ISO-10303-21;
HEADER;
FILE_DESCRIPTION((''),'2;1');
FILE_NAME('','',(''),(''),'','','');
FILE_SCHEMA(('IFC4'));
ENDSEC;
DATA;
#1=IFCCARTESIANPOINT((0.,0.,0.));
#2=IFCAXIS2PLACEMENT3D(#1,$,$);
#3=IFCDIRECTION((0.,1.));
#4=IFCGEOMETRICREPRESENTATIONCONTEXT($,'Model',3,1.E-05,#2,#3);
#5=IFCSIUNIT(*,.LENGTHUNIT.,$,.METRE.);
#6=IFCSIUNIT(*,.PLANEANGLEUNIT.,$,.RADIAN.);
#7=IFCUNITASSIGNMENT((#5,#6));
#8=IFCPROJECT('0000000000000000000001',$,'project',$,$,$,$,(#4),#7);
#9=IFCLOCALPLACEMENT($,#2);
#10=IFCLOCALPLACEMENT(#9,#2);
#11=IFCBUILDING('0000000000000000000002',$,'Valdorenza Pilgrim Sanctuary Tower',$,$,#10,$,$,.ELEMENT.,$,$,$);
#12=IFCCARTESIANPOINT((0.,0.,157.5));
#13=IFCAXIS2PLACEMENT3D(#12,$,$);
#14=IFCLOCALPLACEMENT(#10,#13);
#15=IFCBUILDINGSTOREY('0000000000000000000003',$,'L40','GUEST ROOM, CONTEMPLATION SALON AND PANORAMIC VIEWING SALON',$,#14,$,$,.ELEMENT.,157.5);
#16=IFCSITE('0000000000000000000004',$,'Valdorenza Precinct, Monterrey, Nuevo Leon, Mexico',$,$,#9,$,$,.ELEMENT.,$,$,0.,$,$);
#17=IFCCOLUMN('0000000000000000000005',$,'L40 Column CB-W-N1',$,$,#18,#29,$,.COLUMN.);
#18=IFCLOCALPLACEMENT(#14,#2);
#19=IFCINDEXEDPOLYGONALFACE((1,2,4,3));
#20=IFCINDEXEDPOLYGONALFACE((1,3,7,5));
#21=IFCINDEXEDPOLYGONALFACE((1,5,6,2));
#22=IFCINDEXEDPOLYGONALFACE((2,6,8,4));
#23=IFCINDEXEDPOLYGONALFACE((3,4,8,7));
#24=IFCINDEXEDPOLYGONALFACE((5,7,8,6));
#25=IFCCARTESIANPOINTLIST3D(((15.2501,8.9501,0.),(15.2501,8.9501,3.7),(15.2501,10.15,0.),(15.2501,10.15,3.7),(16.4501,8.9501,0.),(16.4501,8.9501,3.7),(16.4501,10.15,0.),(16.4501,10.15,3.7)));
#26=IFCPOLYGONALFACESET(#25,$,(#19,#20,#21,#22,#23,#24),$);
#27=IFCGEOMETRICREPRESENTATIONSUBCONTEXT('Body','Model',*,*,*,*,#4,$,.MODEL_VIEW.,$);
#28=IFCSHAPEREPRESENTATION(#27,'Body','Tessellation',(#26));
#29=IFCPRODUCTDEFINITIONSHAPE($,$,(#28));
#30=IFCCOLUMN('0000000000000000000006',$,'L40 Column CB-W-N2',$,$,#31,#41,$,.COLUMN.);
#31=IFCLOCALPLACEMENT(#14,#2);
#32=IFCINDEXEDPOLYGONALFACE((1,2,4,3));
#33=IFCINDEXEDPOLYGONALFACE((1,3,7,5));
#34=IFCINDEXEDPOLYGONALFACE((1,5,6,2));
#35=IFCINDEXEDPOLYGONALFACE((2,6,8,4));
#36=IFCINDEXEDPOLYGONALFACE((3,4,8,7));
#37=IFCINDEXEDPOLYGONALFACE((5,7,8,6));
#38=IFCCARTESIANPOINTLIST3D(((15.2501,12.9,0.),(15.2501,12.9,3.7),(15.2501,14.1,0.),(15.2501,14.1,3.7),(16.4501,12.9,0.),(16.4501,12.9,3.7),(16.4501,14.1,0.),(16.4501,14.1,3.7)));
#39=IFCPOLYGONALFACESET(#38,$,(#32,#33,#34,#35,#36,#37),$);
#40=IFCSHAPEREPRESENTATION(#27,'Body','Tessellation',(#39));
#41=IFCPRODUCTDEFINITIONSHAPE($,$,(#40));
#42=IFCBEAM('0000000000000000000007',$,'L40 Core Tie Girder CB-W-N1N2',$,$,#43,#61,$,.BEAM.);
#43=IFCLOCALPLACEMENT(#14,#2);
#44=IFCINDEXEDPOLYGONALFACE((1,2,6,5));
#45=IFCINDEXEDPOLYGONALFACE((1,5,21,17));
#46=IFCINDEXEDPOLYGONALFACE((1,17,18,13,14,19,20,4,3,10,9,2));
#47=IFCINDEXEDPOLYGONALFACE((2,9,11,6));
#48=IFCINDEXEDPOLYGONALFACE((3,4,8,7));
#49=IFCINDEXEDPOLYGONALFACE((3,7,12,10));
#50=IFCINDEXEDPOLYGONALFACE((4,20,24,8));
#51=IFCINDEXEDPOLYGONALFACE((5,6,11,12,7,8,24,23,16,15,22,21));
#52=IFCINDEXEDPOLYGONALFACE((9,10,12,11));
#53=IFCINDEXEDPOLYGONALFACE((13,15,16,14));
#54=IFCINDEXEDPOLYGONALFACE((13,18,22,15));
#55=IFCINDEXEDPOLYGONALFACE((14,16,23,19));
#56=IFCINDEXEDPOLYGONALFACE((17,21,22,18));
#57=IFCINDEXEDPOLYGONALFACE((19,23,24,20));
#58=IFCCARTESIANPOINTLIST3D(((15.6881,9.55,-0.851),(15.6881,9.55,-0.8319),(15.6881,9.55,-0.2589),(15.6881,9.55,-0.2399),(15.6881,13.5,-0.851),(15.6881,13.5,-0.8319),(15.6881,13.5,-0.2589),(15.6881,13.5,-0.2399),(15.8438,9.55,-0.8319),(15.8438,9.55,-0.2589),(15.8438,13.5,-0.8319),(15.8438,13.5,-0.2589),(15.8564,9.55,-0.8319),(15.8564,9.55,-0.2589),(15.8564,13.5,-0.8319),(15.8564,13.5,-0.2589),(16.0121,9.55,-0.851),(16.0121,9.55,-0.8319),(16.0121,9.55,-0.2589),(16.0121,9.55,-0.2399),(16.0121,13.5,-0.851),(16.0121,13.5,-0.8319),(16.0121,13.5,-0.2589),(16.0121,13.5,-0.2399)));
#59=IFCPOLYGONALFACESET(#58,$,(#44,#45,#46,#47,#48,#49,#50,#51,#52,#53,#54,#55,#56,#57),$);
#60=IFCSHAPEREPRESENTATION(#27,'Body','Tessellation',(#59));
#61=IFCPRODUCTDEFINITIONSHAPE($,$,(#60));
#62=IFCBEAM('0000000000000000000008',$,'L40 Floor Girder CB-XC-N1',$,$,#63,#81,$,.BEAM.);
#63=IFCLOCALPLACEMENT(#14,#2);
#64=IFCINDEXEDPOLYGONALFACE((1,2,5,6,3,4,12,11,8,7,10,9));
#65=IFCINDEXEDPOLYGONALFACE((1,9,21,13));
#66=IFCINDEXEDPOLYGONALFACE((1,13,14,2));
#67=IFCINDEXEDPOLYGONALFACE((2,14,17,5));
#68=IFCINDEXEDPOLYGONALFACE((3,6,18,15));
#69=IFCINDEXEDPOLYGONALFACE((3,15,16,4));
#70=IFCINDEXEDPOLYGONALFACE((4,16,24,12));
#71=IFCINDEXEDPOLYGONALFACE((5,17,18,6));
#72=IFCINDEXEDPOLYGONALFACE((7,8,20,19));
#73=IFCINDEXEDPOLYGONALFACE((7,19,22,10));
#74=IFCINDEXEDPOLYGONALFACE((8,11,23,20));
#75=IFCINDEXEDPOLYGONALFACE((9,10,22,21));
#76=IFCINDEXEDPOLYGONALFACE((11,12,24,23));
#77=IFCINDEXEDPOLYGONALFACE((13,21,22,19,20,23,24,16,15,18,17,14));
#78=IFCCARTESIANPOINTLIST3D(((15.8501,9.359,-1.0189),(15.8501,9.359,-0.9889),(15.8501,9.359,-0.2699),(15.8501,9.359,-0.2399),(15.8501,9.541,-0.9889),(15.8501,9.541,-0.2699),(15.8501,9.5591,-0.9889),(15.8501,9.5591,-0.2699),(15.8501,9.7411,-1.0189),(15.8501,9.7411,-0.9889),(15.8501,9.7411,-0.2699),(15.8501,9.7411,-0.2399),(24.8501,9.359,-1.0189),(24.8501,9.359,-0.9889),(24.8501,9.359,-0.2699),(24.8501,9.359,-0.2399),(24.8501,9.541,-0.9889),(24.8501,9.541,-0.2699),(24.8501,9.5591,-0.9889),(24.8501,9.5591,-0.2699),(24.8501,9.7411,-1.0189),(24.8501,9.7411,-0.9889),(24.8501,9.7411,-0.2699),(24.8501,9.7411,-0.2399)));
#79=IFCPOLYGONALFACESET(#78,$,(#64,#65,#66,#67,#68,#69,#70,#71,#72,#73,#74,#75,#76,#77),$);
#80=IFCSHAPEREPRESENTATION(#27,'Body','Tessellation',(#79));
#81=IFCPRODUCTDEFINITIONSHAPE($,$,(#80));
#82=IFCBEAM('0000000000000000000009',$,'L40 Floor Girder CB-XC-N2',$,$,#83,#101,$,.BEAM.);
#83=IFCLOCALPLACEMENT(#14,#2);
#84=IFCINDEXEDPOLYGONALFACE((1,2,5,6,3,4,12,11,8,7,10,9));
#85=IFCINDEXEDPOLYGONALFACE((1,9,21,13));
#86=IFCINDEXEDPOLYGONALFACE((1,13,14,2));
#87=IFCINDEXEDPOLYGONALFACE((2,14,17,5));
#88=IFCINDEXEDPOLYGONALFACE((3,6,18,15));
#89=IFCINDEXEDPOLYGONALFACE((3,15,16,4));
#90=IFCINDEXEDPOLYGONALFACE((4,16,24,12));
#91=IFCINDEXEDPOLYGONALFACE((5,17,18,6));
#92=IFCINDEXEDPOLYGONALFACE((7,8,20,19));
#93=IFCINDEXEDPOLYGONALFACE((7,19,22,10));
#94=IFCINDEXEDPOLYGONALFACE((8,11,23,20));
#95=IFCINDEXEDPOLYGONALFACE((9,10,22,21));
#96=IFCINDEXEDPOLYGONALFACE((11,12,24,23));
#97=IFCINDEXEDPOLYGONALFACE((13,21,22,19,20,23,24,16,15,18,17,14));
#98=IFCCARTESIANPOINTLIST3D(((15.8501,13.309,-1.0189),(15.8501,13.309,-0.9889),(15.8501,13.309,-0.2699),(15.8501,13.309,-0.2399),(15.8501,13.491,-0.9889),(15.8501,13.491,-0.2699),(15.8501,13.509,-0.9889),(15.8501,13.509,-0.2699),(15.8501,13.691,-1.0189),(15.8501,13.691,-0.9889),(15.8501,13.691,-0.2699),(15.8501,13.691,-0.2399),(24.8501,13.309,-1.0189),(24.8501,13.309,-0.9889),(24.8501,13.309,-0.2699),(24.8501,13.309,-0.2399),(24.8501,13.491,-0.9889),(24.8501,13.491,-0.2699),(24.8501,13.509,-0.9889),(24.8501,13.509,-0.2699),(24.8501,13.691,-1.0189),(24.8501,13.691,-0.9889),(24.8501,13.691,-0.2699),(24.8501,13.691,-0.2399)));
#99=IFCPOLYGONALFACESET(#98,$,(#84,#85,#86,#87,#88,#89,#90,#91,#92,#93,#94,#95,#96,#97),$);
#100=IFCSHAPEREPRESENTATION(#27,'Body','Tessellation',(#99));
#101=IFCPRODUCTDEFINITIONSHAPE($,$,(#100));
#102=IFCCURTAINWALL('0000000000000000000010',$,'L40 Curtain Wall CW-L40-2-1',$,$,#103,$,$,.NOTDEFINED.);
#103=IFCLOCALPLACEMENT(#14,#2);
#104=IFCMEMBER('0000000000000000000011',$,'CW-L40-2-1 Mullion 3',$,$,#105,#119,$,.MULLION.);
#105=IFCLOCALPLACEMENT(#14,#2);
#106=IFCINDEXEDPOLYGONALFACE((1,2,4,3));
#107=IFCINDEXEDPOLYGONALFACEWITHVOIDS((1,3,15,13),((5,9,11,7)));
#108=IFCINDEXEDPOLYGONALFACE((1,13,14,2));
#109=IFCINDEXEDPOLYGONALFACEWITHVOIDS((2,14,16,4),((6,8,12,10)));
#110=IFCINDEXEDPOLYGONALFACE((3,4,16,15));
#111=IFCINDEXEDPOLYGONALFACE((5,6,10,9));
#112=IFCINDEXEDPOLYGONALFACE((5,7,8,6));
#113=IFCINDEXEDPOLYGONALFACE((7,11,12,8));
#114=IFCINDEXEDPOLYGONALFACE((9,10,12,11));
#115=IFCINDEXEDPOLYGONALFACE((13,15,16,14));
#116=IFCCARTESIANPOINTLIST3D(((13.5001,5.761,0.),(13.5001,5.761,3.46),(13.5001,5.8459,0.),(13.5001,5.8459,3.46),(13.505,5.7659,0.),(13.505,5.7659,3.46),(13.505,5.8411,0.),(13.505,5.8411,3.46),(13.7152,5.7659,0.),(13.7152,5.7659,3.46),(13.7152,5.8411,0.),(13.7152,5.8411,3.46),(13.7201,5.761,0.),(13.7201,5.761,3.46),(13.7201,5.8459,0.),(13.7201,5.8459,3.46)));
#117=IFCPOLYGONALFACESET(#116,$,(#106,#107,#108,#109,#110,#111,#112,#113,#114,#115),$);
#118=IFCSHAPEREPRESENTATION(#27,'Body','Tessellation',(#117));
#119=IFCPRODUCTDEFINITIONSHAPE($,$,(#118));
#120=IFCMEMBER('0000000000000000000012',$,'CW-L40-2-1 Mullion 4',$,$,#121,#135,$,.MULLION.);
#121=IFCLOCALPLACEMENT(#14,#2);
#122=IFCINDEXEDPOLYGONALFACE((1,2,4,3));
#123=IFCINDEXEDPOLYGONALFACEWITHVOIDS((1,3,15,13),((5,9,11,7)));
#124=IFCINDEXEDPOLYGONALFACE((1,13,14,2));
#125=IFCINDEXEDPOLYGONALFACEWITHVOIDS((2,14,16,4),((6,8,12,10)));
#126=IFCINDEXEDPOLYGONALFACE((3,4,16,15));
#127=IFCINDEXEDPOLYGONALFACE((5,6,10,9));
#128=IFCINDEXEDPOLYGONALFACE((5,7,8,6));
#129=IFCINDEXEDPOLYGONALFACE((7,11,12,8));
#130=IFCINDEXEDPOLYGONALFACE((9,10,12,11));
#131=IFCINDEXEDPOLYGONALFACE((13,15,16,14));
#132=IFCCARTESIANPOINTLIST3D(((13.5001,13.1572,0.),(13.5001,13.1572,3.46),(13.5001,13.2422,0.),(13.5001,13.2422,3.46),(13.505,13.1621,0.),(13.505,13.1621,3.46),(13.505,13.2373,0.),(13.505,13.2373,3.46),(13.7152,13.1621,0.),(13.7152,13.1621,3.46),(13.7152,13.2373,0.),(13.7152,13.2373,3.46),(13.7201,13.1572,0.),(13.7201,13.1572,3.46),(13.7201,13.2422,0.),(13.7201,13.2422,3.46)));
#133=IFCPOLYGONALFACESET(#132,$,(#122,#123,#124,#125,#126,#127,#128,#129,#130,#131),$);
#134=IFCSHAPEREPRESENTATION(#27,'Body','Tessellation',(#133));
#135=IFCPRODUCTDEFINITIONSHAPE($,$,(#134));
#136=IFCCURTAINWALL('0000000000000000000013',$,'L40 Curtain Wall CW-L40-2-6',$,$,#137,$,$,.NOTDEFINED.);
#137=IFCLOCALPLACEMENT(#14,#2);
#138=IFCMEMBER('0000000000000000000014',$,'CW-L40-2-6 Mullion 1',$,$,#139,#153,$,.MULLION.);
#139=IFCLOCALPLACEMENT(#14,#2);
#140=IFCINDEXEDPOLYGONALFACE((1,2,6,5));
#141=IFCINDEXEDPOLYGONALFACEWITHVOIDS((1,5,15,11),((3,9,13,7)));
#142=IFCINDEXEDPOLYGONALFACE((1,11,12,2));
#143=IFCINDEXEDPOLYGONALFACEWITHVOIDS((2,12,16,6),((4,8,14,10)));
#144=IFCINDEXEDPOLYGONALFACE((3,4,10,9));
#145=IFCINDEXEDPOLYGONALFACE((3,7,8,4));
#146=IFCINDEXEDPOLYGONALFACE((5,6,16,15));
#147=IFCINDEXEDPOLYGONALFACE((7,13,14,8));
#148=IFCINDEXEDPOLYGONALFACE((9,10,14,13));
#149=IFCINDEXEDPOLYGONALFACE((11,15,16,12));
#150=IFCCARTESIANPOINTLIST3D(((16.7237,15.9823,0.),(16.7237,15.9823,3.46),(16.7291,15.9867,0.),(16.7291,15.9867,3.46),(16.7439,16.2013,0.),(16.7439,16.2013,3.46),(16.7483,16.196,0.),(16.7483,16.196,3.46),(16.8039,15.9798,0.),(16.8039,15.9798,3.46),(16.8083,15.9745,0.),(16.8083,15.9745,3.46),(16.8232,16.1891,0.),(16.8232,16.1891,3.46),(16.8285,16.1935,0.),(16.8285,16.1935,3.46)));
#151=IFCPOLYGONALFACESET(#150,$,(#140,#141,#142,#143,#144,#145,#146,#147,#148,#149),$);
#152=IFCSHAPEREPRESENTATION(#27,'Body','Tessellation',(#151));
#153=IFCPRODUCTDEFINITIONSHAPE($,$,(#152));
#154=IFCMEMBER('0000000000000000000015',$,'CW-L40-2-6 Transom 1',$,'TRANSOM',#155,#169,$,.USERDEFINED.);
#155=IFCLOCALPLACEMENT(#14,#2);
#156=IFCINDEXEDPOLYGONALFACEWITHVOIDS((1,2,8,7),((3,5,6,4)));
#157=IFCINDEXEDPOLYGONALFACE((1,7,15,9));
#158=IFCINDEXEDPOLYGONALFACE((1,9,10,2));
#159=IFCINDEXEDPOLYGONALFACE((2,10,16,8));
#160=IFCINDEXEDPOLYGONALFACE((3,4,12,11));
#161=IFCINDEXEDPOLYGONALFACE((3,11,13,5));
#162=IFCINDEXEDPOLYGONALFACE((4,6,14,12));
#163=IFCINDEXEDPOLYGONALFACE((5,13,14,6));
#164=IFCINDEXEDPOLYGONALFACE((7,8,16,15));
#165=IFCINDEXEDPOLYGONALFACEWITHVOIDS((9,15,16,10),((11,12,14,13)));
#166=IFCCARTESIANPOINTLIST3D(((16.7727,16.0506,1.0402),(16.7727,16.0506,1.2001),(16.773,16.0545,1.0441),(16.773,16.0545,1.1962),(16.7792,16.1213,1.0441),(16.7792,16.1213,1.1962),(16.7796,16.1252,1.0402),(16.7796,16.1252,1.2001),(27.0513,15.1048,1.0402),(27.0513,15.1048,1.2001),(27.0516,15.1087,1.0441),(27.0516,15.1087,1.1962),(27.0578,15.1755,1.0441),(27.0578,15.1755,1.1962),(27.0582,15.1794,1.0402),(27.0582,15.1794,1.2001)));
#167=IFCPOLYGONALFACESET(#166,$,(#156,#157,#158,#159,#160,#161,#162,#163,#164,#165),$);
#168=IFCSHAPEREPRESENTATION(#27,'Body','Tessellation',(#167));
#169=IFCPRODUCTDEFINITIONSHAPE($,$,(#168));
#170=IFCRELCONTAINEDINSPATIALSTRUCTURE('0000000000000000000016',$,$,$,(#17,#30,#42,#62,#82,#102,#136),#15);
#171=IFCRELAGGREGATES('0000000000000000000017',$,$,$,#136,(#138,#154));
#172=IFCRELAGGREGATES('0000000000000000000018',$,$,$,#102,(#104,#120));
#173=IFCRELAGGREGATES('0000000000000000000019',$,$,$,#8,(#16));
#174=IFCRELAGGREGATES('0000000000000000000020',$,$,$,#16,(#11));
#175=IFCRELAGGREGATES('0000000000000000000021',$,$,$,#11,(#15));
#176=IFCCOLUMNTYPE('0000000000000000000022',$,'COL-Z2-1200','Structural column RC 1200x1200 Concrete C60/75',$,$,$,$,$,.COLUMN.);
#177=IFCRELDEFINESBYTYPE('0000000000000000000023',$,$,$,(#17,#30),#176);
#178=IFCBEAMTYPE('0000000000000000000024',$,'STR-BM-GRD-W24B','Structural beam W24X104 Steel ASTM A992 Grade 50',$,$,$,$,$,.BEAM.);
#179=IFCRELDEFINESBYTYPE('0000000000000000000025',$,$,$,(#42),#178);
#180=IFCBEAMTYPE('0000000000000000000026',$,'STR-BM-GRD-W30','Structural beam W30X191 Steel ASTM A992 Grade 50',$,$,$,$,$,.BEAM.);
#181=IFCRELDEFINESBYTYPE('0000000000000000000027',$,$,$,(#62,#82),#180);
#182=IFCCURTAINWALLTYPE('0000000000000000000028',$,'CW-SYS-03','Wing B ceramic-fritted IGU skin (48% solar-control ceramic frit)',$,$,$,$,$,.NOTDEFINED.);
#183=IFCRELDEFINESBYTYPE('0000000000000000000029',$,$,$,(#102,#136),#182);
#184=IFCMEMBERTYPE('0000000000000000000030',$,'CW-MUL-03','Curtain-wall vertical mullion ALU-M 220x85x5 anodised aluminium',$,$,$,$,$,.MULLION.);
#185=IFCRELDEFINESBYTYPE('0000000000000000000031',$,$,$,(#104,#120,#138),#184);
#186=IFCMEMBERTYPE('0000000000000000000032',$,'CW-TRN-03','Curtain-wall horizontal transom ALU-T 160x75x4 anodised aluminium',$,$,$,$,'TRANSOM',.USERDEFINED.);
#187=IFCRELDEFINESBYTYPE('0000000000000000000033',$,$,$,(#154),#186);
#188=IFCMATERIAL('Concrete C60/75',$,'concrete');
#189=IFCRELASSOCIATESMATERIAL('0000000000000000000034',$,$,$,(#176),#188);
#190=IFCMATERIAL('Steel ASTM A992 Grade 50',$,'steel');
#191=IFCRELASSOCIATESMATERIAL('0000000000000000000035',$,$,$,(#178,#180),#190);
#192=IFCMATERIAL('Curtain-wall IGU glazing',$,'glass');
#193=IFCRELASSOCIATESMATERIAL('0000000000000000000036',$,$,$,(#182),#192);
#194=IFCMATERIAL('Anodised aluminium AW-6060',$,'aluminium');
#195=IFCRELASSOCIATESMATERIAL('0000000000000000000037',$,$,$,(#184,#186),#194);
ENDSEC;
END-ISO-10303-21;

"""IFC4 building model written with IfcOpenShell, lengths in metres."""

from ifc_helpers import new_model, si_unit, direction, frame, origin, origin_2d, place, context, subcontext, project, spatial, rectangle, hollow_rectangle, i_section, extrude, source, transform, mapped, material, material_profile, profile_set, type_object, element, aggregate, save


model = new_model("IFC4")

# Units and contexts
model_context = context("Model", 3, precision=1e-05, world=origin(), true_north=direction((0.0, 1.0)))
body_context = subcontext(model_context, "Body", "Model", "MODEL_VIEW")
ifc_project = project(units=[si_unit("LENGTHUNIT", "METRE"), si_unit("PLANEANGLEUNIT", "RADIAN")], contexts=[model_context])

# Site, building, storey
site_placement = place(None, origin())
site = spatial("IfcSite", under=ifc_project, at=site_placement, Name="Valdorenza Precinct, Monterrey, Nuevo Leon, Mexico", CompositionType="ELEMENT", RefElevation=0.0)
building_placement = place(site_placement, origin())
building = spatial("IfcBuilding", under=site, at=building_placement, Name="Valdorenza Pilgrim Sanctuary Tower", CompositionType="ELEMENT")
storey_placement = place(building_placement, frame((0.0, 0.0, 157.5)))
storey = spatial("IfcBuildingStorey", under=building, at=storey_placement, Name="L40", Description="GUEST ROOM, CONTEMPLATION SALON AND PANORAMIC VIEWING SALON", CompositionType="ELEMENT", Elevation=157.5)

# Columns
ifc_material_1 = material(Name="Concrete C60/75", Category="concrete")
ifc_material_profile_1 = material_profile(ifc_material_1, rectangle(XDim=1.2, YDim=1.2, at=origin_2d()), Name="RC 1200x1200")
ifc_profile_set_1 = profile_set([ifc_material_profile_1], Name="Concrete C60/75")
column_type = type_object("IfcColumnType", Name="COL-Z2-1200", Description="Structural column RC 1200x1200 Concrete C60/75", PredefinedType="COLUMN", material=ifc_profile_set_1)
shared_shape_1 = source(origin(), body_context, "Body", "SweptSolid", [
    extrude(rectangle(XDim=1.2, YDim=1.2, at=origin_2d()), origin(), (0.0, 0.0, 1.0), 3.7),
])
for number, where, z_axis, x_axis, name in (
    (1, (15.8501, 9.55, 0.0), (0.0, 0.0, 1.0), (1.0, 0.0, 0.0), "L40 Column CB-W-N1"),
    (2, (15.8501, 13.5, 0.0), (0.0, 0.0, 1.0), (1.0, 0.0, 0.0), "L40 Column CB-W-N2"),
):
    element("IfcColumn", number, at=place(storey_placement, frame(where, z_axis=z_axis, x_axis=x_axis)), inside=storey, type_object=column_type, Name=name, PredefinedType="COLUMN", context=body_context, shape_type="MappedRepresentation", body=[
        mapped(shared_shape_1, transform((0.0, 0.0, 0.0), x_axis=(1.0, 0.0, 0.0), y_axis=(0.0, 1.0, 0.0), z_axis=(0.0, 0.0, 1.0), scale=1.0)),
    ])

# Beams
ifc_material_2 = material(Name="Steel ASTM A992 Grade 50", Category="steel")
ifc_material_profile_2 = material_profile(ifc_material_2, i_section(OverallWidth=0.324, OverallDepth=0.6111, WebThickness=0.0127, FlangeThickness=0.019, at=origin_2d()), Name="W24X104")
ifc_profile_set_2 = profile_set([ifc_material_profile_2], Name="Steel ASTM A992 Grade 50")
beam_type_1 = type_object("IfcBeamType", Name="STR-BM-GRD-W24B", Description="Structural beam W24X104 Steel ASTM A992 Grade 50", PredefinedType="BEAM", material=ifc_profile_set_2)
shared_shape_2 = source(origin(), body_context, "Body", "SweptSolid", [
    extrude(i_section(OverallWidth=0.324, OverallDepth=0.6111, WebThickness=0.0127, FlangeThickness=0.019, at=origin_2d()), origin(), (0.0, 0.0, 1.0), 3.95),
])
beam_placement = place(storey_placement, frame((15.8501, 9.55, -0.5454), z_axis=(0.0, 1.0, 0.0), x_axis=(-1.0, 0.0, 0.0)))
element("IfcBeam", 3, at=beam_placement, inside=storey, type_object=beam_type_1, Name="L40 Core Tie Girder CB-W-N1N2", PredefinedType="BEAM", context=body_context, shape_type="MappedRepresentation", body=[
    mapped(shared_shape_2, transform((0.0, 0.0, 0.0), x_axis=(1.0, 0.0, 0.0), y_axis=(0.0, 1.0, 0.0), z_axis=(0.0, 0.0, 1.0), scale=1.0)),
])
ifc_material_profile_3 = material_profile(ifc_material_2, i_section(OverallWidth=0.3821, OverallDepth=0.7791, WebThickness=0.0181, FlangeThickness=0.03, at=origin_2d()), Name="W30X191")
ifc_profile_set_3 = profile_set([ifc_material_profile_3], Name="Steel ASTM A992 Grade 50")
beam_type_2 = type_object("IfcBeamType", Name="STR-BM-GRD-W30", Description="Structural beam W30X191 Steel ASTM A992 Grade 50", PredefinedType="BEAM", material=ifc_profile_set_3)
shared_shape_3 = source(origin(), body_context, "Body", "SweptSolid", [
    extrude(i_section(OverallWidth=0.3821, OverallDepth=0.7791, WebThickness=0.0181, FlangeThickness=0.03, at=origin_2d()), origin(), (0.0, 0.0, 1.0), 9.0),
])
for number, where, z_axis, x_axis, name in (
    (4, (15.8501, 9.55, -0.6294), (1.0, 0.0, 0.0), (0.0, 1.0, 0.0), "L40 Floor Girder CB-XC-N1"),
    (5, (15.8501, 13.5, -0.6294), (1.0, 0.0, 0.0), (0.0, 1.0, 0.0), "L40 Floor Girder CB-XC-N2"),
):
    element("IfcBeam", number, at=place(storey_placement, frame(where, z_axis=z_axis, x_axis=x_axis)), inside=storey, type_object=beam_type_2, Name=name, PredefinedType="BEAM", context=body_context, shape_type="MappedRepresentation", body=[
        mapped(shared_shape_3, transform((0.0, 0.0, 0.0), x_axis=(1.0, 0.0, 0.0), y_axis=(0.0, 1.0, 0.0), z_axis=(0.0, 0.0, 1.0), scale=1.0)),
    ])

# Curtain walls, members
ifc_material_3 = material(Name="Curtain-wall IGU glazing", Category="glass")
curtain_wall_type = type_object("IfcCurtainWallType", Name="CW-SYS-03", Description="Wing B ceramic-fritted IGU skin (48% solar-control ceramic frit)", PredefinedType="NOTDEFINED", material=ifc_material_3)
curtain_wall_1_placement = place(storey_placement, origin())
curtain_wall_1 = element("IfcCurtainWall", 6, at=curtain_wall_1_placement, inside=storey, type_object=curtain_wall_type, Name="L40 Curtain Wall CW-L40-2-1", PredefinedType="NOTDEFINED")
ifc_material_4 = material(Name="Anodised aluminium AW-6060", Category="aluminium")
ifc_material_profile_4 = material_profile(ifc_material_4, hollow_rectangle(XDim=0.085, YDim=0.22, WallThickness=0.0049, at=origin_2d()), Name="ALU-M 220x85x5")
ifc_profile_set_4 = profile_set([ifc_material_profile_4], Name="Anodised aluminium AW-6060")
member_type_1 = type_object("IfcMemberType", Name="CW-MUL-03", Description="Curtain-wall vertical mullion ALU-M 220x85x5 anodised aluminium", PredefinedType="MULLION", material=ifc_profile_set_4)
shared_shape_4 = source(origin(), body_context, "Body", "SweptSolid", [
    extrude(hollow_rectangle(XDim=0.085, YDim=0.22, WallThickness=0.0049, at=origin_2d()), origin(), (0.0, 0.0, 1.0), 3.46),
])
member_1_placement = place(storey_placement, frame((13.6101, 5.8035, 0.0), z_axis=(0.0, 0.0, 1.0), x_axis=(0.0, 1.0, 0.0)))
member_1 = element("IfcMember", 7, at=member_1_placement, type_object=member_type_1, Name="CW-L40-2-1 Mullion 3", PredefinedType="MULLION", context=body_context, shape_type="MappedRepresentation", body=[
    mapped(shared_shape_4, transform((0.0, 0.0, 0.0), x_axis=(1.0, 0.0, 0.0), y_axis=(0.0, 1.0, 0.0), z_axis=(0.0, 0.0, 1.0), scale=1.0)),
])
member_2_placement = place(storey_placement, frame((13.6101, 13.1997, 0.0), z_axis=(0.0, 0.0, 1.0), x_axis=(0.0, 1.0, 0.0)))
member_2 = element("IfcMember", 8, at=member_2_placement, type_object=member_type_1, Name="CW-L40-2-1 Mullion 4", PredefinedType="MULLION", context=body_context, shape_type="MappedRepresentation", body=[
    mapped(shared_shape_4, transform((0.0, 0.0, 0.0), x_axis=(1.0, 0.0, 0.0), y_axis=(0.0, 1.0, 0.0), z_axis=(0.0, 0.0, 1.0), scale=1.0)),
])
curtain_wall_2_placement = place(storey_placement, origin())
curtain_wall_2 = element("IfcCurtainWall", 9, at=curtain_wall_2_placement, inside=storey, type_object=curtain_wall_type, Name="L40 Curtain Wall CW-L40-2-6", PredefinedType="NOTDEFINED")
member_3_placement = place(storey_placement, frame((16.7761, 16.0879, 0.0), z_axis=(0.0, 0.0, 1.0), x_axis=(0.995794, -0.091623, 0.0)))
member_3 = element("IfcMember", 10, at=member_3_placement, type_object=member_type_1, Name="CW-L40-2-6 Mullion 1", PredefinedType="MULLION", context=body_context, shape_type="MappedRepresentation", body=[
    mapped(shared_shape_4, transform((0.0, 0.0, 0.0), x_axis=(1.0, 0.0, 0.0), y_axis=(0.0, 1.0, 0.0), z_axis=(0.0, 0.0, 1.0), scale=1.0)),
])
ifc_material_profile_5 = material_profile(ifc_material_4, hollow_rectangle(XDim=0.075, YDim=0.1599, WallThickness=0.0039, at=origin_2d()), Name="ALU-T 160x75x4")
ifc_profile_set_5 = profile_set([ifc_material_profile_5], Name="Anodised aluminium AW-6060")
member_type_2 = type_object("IfcMemberType", Name="CW-TRN-03", Description="Curtain-wall horizontal transom ALU-T 160x75x4 anodised aluminium", ElementType="TRANSOM", PredefinedType="USERDEFINED", material=ifc_profile_set_5)
shared_shape_5 = source(origin(), body_context, "Body", "SweptSolid", [
    extrude(hollow_rectangle(XDim=0.075, YDim=0.1599, WallThickness=0.0039, at=origin_2d()), origin(), (0.0, 0.0, 1.0), 10.322),
])
member_4_placement = place(storey_placement, frame((16.7761, 16.0879, 1.1201), z_axis=(0.995793, -0.09163, 0.0), x_axis=(0.09163, 0.995793, 0.0)))
member_4 = element("IfcMember", 11, at=member_4_placement, type_object=member_type_2, Name="CW-L40-2-6 Transom 1", ObjectType="TRANSOM", PredefinedType="USERDEFINED", context=body_context, shape_type="MappedRepresentation", body=[
    mapped(shared_shape_5, transform((0.0, 0.0, 0.0), x_axis=(1.0, 0.0, 0.0), y_axis=(0.0, 1.0, 0.0), z_axis=(0.0, 0.0, 1.0), scale=1.0)),
])
aggregate(curtain_wall_2, [member_3, member_4])

aggregate(curtain_wall_1, [member_1, member_2])

save(model, "model.ifc")
